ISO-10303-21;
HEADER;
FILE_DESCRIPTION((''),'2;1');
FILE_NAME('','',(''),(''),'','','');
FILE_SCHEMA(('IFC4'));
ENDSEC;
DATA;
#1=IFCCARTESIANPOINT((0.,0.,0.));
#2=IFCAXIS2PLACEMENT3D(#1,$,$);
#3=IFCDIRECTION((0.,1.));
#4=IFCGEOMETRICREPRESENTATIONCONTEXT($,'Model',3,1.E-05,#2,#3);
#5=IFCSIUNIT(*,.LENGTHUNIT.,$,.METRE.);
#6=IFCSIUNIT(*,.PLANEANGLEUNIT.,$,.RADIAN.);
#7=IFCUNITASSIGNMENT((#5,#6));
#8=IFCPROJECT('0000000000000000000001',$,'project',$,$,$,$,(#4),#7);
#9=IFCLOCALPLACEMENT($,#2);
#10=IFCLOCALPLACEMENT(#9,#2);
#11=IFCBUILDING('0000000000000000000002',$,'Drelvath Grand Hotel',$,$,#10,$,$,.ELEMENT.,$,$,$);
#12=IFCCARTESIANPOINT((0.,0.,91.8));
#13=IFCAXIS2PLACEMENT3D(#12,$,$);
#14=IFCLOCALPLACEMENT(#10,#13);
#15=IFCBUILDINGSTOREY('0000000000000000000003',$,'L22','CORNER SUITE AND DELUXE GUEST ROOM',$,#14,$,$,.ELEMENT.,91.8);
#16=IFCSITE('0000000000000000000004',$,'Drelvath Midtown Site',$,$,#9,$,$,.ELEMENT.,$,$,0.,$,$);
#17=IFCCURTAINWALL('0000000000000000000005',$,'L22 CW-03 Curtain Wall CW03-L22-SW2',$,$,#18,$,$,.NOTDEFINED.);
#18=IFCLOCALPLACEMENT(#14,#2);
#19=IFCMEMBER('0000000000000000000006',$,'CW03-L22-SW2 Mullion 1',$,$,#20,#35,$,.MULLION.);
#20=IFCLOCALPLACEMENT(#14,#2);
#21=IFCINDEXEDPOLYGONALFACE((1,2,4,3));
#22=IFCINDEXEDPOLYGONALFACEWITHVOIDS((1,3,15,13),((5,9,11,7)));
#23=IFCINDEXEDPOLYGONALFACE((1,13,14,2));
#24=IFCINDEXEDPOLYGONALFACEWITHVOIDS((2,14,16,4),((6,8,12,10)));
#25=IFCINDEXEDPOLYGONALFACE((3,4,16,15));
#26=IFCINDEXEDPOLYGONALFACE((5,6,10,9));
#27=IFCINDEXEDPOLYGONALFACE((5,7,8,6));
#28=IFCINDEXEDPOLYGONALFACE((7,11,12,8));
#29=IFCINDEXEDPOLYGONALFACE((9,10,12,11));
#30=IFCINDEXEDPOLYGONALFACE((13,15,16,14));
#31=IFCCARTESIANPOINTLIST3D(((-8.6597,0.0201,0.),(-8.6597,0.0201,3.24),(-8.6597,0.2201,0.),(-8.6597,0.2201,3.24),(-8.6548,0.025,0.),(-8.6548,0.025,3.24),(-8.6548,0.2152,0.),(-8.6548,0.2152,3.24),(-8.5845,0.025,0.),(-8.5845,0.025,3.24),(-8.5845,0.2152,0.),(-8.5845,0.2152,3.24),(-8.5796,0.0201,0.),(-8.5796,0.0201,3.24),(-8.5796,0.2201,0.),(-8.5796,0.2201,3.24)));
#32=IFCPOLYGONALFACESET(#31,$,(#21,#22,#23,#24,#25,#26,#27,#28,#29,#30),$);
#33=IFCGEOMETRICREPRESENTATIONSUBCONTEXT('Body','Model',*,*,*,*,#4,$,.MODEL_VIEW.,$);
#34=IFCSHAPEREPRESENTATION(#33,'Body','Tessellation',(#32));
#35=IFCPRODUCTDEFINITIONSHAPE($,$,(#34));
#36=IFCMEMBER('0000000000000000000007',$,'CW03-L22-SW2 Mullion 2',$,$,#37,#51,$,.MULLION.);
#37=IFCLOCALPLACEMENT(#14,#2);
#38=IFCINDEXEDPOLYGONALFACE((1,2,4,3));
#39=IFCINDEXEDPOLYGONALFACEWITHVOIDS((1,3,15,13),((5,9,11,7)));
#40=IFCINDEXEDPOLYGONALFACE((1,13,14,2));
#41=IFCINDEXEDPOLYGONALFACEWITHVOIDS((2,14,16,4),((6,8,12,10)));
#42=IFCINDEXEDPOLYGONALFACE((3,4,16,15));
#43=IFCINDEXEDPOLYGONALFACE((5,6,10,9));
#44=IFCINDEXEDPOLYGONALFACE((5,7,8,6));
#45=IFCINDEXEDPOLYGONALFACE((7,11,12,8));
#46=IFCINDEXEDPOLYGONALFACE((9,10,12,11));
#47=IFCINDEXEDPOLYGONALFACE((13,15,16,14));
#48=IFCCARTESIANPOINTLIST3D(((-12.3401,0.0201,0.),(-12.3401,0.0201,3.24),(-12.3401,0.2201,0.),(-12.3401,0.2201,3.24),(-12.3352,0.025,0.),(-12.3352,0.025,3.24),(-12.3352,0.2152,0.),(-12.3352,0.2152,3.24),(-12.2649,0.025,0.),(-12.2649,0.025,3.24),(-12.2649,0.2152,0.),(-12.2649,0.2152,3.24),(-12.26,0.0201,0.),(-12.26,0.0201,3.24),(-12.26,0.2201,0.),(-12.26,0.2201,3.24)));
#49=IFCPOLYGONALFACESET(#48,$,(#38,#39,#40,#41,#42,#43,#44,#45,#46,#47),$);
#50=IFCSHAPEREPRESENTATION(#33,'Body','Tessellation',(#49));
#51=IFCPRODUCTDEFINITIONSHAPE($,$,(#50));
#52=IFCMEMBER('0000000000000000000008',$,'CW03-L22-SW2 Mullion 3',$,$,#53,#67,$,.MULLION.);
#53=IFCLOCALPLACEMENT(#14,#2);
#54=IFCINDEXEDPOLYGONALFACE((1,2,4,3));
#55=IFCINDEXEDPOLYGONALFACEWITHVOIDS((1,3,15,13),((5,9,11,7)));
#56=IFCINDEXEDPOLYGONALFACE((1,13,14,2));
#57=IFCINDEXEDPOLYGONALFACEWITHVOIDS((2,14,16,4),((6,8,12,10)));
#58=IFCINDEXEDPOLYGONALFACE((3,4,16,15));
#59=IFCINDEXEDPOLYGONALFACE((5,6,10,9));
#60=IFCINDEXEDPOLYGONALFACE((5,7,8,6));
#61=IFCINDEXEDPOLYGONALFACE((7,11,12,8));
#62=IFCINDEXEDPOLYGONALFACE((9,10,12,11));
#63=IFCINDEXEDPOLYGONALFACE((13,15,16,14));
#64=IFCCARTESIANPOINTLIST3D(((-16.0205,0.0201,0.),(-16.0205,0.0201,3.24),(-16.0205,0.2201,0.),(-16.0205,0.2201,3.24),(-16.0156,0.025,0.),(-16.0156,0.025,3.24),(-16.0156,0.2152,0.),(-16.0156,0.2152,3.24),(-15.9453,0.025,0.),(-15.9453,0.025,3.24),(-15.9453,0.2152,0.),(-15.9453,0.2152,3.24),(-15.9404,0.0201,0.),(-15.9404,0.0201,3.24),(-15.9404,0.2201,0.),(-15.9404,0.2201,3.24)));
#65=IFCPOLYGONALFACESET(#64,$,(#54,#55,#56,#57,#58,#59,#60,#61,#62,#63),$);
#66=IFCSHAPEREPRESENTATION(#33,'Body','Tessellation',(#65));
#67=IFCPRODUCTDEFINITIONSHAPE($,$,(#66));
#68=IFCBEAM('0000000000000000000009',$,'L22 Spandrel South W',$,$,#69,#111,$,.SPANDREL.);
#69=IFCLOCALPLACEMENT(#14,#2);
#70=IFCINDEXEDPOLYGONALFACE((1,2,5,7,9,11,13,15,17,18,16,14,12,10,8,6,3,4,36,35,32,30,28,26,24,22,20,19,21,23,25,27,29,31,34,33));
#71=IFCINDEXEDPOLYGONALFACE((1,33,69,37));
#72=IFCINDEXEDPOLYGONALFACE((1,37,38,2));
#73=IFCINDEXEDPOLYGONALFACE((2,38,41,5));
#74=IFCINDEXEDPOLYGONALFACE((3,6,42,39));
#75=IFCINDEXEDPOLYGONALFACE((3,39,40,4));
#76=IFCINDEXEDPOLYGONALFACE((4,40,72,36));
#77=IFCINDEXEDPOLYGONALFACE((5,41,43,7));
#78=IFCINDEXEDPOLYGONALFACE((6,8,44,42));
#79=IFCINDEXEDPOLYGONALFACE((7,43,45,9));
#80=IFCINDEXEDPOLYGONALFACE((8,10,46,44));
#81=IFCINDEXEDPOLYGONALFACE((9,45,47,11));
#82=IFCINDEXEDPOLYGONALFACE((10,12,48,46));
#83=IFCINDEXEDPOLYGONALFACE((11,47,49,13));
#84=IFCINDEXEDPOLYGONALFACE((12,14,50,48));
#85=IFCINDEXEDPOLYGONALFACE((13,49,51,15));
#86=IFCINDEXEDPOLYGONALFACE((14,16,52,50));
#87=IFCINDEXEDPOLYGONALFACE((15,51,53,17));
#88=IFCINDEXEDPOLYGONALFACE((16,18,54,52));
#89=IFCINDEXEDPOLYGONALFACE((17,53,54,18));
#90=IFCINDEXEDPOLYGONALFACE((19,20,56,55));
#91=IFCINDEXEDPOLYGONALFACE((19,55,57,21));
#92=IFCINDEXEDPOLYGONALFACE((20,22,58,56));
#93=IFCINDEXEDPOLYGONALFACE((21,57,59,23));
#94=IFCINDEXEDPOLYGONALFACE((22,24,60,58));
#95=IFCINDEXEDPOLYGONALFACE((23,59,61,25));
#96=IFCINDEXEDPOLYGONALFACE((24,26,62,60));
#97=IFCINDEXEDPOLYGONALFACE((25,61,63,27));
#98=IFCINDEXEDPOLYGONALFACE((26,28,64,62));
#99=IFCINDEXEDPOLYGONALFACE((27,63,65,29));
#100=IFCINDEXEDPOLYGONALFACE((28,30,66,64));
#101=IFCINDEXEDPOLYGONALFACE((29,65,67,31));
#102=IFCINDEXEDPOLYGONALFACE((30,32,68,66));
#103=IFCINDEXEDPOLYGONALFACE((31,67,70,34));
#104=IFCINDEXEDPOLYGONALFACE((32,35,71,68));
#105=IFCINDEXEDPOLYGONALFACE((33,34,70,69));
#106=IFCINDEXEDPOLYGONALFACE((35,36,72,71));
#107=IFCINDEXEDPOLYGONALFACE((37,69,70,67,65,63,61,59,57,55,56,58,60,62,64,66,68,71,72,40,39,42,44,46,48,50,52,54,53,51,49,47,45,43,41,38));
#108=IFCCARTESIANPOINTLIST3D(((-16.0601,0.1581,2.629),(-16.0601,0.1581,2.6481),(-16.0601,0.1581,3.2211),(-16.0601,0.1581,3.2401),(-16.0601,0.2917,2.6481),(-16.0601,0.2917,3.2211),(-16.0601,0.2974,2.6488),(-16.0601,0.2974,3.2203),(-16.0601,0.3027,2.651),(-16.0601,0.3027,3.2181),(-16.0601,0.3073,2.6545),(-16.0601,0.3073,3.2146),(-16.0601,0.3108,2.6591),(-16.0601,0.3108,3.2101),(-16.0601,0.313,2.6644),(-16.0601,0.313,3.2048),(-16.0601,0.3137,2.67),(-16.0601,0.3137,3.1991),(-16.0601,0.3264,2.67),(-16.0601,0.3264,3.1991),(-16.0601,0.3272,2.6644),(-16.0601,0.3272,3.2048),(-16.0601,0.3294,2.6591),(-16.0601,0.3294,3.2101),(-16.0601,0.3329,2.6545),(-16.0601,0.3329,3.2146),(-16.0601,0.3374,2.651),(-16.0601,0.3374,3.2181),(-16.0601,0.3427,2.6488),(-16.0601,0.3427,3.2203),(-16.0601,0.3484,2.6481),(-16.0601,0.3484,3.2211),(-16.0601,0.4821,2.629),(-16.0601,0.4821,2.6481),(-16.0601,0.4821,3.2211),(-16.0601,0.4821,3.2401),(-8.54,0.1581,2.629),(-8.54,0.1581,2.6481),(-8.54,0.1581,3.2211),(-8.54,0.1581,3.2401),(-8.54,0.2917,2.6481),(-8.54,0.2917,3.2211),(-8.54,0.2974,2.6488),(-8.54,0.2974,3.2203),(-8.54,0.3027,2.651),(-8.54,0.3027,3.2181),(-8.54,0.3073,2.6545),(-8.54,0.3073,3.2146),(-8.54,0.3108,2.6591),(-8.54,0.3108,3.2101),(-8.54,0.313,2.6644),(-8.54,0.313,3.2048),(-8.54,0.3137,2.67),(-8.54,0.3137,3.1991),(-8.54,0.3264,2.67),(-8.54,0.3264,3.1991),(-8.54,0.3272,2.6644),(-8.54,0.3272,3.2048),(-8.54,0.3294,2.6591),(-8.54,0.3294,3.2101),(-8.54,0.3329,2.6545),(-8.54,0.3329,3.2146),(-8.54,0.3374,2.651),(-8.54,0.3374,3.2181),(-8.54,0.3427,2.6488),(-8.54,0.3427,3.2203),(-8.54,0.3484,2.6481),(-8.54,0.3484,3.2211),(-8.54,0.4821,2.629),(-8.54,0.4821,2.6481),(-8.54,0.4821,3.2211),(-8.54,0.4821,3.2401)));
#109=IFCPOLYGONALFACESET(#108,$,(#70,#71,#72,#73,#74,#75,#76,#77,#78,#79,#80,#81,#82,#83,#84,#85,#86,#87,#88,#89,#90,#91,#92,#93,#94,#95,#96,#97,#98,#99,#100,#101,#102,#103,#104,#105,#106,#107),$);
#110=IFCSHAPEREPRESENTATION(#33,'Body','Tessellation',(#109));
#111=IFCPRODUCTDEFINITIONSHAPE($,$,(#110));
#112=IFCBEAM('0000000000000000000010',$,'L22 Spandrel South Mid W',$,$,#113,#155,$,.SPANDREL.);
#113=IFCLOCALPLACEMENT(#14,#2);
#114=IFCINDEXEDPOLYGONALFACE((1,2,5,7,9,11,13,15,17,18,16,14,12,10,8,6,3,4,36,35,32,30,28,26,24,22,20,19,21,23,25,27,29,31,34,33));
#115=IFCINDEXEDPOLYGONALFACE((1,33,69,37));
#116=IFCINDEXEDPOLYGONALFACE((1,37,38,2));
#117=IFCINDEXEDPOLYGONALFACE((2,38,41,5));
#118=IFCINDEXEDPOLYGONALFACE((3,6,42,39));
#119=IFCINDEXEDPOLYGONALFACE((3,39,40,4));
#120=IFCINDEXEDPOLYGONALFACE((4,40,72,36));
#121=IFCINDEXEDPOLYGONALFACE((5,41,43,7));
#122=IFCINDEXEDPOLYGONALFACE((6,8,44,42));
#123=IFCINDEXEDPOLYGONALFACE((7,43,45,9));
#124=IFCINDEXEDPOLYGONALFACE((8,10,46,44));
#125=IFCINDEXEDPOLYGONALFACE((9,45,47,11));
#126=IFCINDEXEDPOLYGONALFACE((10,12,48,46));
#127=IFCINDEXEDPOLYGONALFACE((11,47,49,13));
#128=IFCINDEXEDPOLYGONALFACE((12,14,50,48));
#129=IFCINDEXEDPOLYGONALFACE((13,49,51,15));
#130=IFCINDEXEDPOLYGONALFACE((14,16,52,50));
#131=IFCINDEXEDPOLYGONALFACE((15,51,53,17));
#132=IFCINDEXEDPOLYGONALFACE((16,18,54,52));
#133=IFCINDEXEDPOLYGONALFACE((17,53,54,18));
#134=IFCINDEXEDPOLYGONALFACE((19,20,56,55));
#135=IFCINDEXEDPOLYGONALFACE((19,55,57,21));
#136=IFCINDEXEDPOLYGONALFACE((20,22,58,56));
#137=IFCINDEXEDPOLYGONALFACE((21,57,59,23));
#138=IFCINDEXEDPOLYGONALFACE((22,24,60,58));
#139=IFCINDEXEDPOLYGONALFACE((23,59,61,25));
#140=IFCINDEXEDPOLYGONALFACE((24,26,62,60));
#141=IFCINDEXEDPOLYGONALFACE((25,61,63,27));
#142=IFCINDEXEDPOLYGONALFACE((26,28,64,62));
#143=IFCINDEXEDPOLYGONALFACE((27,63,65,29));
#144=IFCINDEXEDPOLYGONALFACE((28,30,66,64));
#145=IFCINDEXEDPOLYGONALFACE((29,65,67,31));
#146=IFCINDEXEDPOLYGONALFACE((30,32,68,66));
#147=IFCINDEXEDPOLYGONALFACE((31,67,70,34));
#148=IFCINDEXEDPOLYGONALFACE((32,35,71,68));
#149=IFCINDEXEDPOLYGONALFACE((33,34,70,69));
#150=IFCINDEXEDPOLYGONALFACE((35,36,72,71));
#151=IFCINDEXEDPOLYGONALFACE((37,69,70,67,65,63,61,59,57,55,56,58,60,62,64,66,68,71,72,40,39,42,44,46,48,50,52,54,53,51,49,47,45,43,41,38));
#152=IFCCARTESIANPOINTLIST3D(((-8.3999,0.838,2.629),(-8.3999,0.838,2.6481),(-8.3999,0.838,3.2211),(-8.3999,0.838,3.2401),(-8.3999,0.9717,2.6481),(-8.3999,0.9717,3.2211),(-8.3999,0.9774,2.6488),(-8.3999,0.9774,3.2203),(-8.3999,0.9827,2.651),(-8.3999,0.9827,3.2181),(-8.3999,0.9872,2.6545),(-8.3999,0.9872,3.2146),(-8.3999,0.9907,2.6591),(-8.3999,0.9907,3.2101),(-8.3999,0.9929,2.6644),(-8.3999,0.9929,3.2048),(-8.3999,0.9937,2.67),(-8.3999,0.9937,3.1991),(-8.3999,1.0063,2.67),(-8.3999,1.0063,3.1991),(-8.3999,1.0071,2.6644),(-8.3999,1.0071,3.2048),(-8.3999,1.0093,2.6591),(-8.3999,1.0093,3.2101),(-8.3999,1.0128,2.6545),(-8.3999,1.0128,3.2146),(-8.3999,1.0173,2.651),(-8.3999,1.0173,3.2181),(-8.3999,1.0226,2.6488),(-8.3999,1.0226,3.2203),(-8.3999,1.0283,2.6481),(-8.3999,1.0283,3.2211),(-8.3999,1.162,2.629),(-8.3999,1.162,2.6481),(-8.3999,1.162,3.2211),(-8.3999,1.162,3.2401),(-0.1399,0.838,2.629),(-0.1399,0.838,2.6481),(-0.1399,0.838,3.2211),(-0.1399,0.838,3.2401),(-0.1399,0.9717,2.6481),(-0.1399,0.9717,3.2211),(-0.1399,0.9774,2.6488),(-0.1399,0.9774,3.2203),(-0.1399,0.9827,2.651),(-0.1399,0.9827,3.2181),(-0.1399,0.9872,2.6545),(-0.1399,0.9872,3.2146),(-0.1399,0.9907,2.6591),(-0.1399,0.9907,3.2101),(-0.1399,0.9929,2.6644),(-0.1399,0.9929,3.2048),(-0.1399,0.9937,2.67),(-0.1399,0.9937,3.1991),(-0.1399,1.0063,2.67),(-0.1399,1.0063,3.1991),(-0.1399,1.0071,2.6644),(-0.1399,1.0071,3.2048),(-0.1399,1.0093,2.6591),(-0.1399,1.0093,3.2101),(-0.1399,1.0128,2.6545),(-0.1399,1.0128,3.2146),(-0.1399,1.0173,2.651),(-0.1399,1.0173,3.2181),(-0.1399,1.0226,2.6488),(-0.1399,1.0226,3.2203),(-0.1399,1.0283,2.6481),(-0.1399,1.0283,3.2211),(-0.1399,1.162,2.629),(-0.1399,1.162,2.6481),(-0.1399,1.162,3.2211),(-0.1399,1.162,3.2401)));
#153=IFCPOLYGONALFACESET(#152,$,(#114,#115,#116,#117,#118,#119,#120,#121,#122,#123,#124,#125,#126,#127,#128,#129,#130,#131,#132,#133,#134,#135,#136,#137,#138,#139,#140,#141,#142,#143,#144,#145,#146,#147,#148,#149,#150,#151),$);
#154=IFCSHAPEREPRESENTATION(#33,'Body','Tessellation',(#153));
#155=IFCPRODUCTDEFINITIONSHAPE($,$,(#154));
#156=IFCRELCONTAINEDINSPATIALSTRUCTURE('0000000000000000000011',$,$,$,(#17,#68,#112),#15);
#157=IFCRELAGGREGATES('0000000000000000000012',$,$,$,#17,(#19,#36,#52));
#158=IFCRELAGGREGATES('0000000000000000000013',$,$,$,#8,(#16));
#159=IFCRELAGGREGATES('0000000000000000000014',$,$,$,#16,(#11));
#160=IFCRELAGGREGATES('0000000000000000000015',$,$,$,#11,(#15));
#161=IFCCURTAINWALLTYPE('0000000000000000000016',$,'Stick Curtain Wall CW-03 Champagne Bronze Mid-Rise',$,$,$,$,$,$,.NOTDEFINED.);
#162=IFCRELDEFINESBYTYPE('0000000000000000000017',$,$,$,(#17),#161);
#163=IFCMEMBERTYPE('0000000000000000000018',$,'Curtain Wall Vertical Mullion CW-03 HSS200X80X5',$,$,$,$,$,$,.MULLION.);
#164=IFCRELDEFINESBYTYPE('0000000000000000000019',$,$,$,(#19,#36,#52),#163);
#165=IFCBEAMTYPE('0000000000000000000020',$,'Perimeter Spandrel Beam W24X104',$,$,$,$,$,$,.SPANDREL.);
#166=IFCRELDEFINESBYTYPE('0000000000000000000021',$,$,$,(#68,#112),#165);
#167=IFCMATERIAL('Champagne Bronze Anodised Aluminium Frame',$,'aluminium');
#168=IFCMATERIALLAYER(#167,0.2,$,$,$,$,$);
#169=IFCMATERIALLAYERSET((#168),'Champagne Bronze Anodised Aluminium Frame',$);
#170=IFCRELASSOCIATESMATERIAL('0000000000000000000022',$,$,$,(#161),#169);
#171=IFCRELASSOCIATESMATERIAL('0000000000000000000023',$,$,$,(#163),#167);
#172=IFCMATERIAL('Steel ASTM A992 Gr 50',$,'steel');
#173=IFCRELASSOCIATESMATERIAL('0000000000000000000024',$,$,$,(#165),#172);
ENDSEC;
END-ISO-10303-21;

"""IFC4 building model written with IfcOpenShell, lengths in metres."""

from ifc_helpers import new_model, si_unit, direction, frame, origin, origin_2d, place, context, subcontext, project, spatial, hollow_rectangle, i_section, extrude, material, layer, layer_set, material_profile, profile_set, type_object, element, aggregate, save


model = new_model("IFC4")

# Units and contexts
model_context = context("Model", 3, precision=1e-05, world=origin(), true_north=direction((0.0, 1.0)))
body_context = subcontext(model_context, "Body", "Model", "MODEL_VIEW")
ifc_project = project(units=[si_unit("LENGTHUNIT", "METRE"), si_unit("PLANEANGLEUNIT", "RADIAN")], contexts=[model_context])

# Site, building, storey
site_placement = place(None, origin())
site = spatial("IfcSite", under=ifc_project, at=site_placement, Name="Drelvath Midtown Site", CompositionType="ELEMENT", RefElevation=0.0)
building_placement = place(site_placement, origin())
building = spatial("IfcBuilding", under=site, at=building_placement, Name="Drelvath Grand Hotel", CompositionType="ELEMENT")
storey_placement = place(building_placement, frame((0.0, 0.0, 91.8)))
storey = spatial("IfcBuildingStorey", under=building, at=storey_placement, Name="L22", Description="CORNER SUITE AND DELUXE GUEST ROOM", CompositionType="ELEMENT", Elevation=91.8)

# Shared definitions
ifc_material_1 = material(Name="Steel ASTM A992 Gr 50", Category="steel")

# Curtain wall
ifc_material_2 = material(Name="Champagne Bronze Anodised Aluminium Frame", Category="aluminium")
ifc_layer_1 = layer(ifc_material_2, 0.2)
ifc_layer_set_1 = layer_set([ifc_layer_1], Name="Champagne Bronze Anodised Aluminium Frame")
curtain_wall_type = type_object("IfcCurtainWallType", Name="Stick Curtain Wall CW-03 Champagne Bronze Mid-Rise", PredefinedType="NOTDEFINED", material=ifc_layer_set_1)
curtain_wall_1_placement = place(storey_placement, origin())
curtain_wall_1 = element("IfcCurtainWall", 1, at=curtain_wall_1_placement, inside=storey, type_object=curtain_wall_type, Name="L22 CW-03 Curtain Wall CW03-L22-SW2", PredefinedType="NOTDEFINED")

# Members
ifc_material_profile_1 = material_profile(ifc_material_2, hollow_rectangle(XDim=0.0801, YDim=0.2, WallThickness=0.0049, at=origin_2d()), Name="HSS200X80X5")
ifc_profile_set_1 = profile_set([ifc_material_profile_1], Name="Champagne Bronze Anodised Aluminium Frame")
member_type_1 = type_object("IfcMemberType", Name="Curtain Wall Vertical Mullion CW-03 HSS200X80X5", PredefinedType="MULLION", material=ifc_profile_set_1)
member_1_placement = place(storey_placement, frame((-8.6196, 0.1201, 0.0), z_axis=(0.0, 0.0, 1.0), x_axis=(1.0, 0.0, 0.0)))
member_1 = element("IfcMember", 2, at=member_1_placement, type_object=member_type_1, Name="CW03-L22-SW2 Mullion 1", PredefinedType="MULLION", context=body_context, shape_type="SweptSolid", body=[
    extrude(hollow_rectangle(XDim=0.0801, YDim=0.2, WallThickness=0.0049, at=origin_2d()), origin(), (0.0, 0.0, 1.0), 3.24),
])
member_2_placement = place(storey_placement, frame((-12.3, 0.1201, 0.0), z_axis=(0.0, 0.0, 1.0), x_axis=(1.0, 0.0, 0.0)))
member_2 = element("IfcMember", 3, at=member_2_placement, type_object=member_type_1, Name="CW03-L22-SW2 Mullion 2", PredefinedType="MULLION", context=body_context, shape_type="SweptSolid", body=[
    extrude(hollow_rectangle(XDim=0.0801, YDim=0.2, WallThickness=0.0049, at=origin_2d()), origin(), (0.0, 0.0, 1.0), 3.24),
])
member_3_placement = place(storey_placement, frame((-15.9805, 0.1201, 0.0), z_axis=(0.0, 0.0, 1.0), x_axis=(1.0, 0.0, 0.0)))
member_3 = element("IfcMember", 4, at=member_3_placement, type_object=member_type_1, Name="CW03-L22-SW2 Mullion 3", PredefinedType="MULLION", context=body_context, shape_type="SweptSolid", body=[
    extrude(hollow_rectangle(XDim=0.0801, YDim=0.2, WallThickness=0.0049, at=origin_2d()), origin(), (0.0, 0.0, 1.0), 3.24),
])

# Beams
ifc_material_profile_2 = material_profile(ifc_material_1, i_section(OverallWidth=0.324, OverallDepth=0.6111, WebThickness=0.0127, FlangeThickness=0.019, FilletRadius=0.022, at=origin_2d()), Name="W24X104")
ifc_profile_set_2 = profile_set([ifc_material_profile_2], Name="Steel ASTM A992 Gr 50")
beam_type_1 = type_object("IfcBeamType", Name="Perimeter Spandrel Beam W24X104", PredefinedType="SPANDREL", material=ifc_profile_set_2)
beam_1_placement = place(storey_placement, frame((-16.0601, 0.3201, 2.9346), z_axis=(1.0, 0.0, 0.0), x_axis=(0.0, 1.0, 0.0)))
element("IfcBeam", 5, at=beam_1_placement, inside=storey, type_object=beam_type_1, Name="L22 Spandrel South W", PredefinedType="SPANDREL", context=body_context, shape_type="SweptSolid", body=[
    extrude(i_section(OverallWidth=0.324, OverallDepth=0.6111, WebThickness=0.0127, FlangeThickness=0.019, FilletRadius=0.022, at=origin_2d()), origin(), (0.0, 0.0, 1.0), 7.52),
])
beam_2_placement = place(storey_placement, frame((-8.3999, 1.0, 2.9346), z_axis=(1.0, 0.0, 0.0), x_axis=(0.0, 1.0, 0.0)))
element("IfcBeam", 6, at=beam_2_placement, inside=storey, type_object=beam_type_1, Name="L22 Spandrel South Mid W", PredefinedType="SPANDREL", context=body_context, shape_type="SweptSolid", body=[
    extrude(i_section(OverallWidth=0.324, OverallDepth=0.6111, WebThickness=0.0127, FlangeThickness=0.019, FilletRadius=0.022, at=origin_2d()), origin(), (0.0, 0.0, 1.0), 8.26),
])

aggregate(curtain_wall_1, [member_1, member_2, member_3])

save(model, "model.ifc")
